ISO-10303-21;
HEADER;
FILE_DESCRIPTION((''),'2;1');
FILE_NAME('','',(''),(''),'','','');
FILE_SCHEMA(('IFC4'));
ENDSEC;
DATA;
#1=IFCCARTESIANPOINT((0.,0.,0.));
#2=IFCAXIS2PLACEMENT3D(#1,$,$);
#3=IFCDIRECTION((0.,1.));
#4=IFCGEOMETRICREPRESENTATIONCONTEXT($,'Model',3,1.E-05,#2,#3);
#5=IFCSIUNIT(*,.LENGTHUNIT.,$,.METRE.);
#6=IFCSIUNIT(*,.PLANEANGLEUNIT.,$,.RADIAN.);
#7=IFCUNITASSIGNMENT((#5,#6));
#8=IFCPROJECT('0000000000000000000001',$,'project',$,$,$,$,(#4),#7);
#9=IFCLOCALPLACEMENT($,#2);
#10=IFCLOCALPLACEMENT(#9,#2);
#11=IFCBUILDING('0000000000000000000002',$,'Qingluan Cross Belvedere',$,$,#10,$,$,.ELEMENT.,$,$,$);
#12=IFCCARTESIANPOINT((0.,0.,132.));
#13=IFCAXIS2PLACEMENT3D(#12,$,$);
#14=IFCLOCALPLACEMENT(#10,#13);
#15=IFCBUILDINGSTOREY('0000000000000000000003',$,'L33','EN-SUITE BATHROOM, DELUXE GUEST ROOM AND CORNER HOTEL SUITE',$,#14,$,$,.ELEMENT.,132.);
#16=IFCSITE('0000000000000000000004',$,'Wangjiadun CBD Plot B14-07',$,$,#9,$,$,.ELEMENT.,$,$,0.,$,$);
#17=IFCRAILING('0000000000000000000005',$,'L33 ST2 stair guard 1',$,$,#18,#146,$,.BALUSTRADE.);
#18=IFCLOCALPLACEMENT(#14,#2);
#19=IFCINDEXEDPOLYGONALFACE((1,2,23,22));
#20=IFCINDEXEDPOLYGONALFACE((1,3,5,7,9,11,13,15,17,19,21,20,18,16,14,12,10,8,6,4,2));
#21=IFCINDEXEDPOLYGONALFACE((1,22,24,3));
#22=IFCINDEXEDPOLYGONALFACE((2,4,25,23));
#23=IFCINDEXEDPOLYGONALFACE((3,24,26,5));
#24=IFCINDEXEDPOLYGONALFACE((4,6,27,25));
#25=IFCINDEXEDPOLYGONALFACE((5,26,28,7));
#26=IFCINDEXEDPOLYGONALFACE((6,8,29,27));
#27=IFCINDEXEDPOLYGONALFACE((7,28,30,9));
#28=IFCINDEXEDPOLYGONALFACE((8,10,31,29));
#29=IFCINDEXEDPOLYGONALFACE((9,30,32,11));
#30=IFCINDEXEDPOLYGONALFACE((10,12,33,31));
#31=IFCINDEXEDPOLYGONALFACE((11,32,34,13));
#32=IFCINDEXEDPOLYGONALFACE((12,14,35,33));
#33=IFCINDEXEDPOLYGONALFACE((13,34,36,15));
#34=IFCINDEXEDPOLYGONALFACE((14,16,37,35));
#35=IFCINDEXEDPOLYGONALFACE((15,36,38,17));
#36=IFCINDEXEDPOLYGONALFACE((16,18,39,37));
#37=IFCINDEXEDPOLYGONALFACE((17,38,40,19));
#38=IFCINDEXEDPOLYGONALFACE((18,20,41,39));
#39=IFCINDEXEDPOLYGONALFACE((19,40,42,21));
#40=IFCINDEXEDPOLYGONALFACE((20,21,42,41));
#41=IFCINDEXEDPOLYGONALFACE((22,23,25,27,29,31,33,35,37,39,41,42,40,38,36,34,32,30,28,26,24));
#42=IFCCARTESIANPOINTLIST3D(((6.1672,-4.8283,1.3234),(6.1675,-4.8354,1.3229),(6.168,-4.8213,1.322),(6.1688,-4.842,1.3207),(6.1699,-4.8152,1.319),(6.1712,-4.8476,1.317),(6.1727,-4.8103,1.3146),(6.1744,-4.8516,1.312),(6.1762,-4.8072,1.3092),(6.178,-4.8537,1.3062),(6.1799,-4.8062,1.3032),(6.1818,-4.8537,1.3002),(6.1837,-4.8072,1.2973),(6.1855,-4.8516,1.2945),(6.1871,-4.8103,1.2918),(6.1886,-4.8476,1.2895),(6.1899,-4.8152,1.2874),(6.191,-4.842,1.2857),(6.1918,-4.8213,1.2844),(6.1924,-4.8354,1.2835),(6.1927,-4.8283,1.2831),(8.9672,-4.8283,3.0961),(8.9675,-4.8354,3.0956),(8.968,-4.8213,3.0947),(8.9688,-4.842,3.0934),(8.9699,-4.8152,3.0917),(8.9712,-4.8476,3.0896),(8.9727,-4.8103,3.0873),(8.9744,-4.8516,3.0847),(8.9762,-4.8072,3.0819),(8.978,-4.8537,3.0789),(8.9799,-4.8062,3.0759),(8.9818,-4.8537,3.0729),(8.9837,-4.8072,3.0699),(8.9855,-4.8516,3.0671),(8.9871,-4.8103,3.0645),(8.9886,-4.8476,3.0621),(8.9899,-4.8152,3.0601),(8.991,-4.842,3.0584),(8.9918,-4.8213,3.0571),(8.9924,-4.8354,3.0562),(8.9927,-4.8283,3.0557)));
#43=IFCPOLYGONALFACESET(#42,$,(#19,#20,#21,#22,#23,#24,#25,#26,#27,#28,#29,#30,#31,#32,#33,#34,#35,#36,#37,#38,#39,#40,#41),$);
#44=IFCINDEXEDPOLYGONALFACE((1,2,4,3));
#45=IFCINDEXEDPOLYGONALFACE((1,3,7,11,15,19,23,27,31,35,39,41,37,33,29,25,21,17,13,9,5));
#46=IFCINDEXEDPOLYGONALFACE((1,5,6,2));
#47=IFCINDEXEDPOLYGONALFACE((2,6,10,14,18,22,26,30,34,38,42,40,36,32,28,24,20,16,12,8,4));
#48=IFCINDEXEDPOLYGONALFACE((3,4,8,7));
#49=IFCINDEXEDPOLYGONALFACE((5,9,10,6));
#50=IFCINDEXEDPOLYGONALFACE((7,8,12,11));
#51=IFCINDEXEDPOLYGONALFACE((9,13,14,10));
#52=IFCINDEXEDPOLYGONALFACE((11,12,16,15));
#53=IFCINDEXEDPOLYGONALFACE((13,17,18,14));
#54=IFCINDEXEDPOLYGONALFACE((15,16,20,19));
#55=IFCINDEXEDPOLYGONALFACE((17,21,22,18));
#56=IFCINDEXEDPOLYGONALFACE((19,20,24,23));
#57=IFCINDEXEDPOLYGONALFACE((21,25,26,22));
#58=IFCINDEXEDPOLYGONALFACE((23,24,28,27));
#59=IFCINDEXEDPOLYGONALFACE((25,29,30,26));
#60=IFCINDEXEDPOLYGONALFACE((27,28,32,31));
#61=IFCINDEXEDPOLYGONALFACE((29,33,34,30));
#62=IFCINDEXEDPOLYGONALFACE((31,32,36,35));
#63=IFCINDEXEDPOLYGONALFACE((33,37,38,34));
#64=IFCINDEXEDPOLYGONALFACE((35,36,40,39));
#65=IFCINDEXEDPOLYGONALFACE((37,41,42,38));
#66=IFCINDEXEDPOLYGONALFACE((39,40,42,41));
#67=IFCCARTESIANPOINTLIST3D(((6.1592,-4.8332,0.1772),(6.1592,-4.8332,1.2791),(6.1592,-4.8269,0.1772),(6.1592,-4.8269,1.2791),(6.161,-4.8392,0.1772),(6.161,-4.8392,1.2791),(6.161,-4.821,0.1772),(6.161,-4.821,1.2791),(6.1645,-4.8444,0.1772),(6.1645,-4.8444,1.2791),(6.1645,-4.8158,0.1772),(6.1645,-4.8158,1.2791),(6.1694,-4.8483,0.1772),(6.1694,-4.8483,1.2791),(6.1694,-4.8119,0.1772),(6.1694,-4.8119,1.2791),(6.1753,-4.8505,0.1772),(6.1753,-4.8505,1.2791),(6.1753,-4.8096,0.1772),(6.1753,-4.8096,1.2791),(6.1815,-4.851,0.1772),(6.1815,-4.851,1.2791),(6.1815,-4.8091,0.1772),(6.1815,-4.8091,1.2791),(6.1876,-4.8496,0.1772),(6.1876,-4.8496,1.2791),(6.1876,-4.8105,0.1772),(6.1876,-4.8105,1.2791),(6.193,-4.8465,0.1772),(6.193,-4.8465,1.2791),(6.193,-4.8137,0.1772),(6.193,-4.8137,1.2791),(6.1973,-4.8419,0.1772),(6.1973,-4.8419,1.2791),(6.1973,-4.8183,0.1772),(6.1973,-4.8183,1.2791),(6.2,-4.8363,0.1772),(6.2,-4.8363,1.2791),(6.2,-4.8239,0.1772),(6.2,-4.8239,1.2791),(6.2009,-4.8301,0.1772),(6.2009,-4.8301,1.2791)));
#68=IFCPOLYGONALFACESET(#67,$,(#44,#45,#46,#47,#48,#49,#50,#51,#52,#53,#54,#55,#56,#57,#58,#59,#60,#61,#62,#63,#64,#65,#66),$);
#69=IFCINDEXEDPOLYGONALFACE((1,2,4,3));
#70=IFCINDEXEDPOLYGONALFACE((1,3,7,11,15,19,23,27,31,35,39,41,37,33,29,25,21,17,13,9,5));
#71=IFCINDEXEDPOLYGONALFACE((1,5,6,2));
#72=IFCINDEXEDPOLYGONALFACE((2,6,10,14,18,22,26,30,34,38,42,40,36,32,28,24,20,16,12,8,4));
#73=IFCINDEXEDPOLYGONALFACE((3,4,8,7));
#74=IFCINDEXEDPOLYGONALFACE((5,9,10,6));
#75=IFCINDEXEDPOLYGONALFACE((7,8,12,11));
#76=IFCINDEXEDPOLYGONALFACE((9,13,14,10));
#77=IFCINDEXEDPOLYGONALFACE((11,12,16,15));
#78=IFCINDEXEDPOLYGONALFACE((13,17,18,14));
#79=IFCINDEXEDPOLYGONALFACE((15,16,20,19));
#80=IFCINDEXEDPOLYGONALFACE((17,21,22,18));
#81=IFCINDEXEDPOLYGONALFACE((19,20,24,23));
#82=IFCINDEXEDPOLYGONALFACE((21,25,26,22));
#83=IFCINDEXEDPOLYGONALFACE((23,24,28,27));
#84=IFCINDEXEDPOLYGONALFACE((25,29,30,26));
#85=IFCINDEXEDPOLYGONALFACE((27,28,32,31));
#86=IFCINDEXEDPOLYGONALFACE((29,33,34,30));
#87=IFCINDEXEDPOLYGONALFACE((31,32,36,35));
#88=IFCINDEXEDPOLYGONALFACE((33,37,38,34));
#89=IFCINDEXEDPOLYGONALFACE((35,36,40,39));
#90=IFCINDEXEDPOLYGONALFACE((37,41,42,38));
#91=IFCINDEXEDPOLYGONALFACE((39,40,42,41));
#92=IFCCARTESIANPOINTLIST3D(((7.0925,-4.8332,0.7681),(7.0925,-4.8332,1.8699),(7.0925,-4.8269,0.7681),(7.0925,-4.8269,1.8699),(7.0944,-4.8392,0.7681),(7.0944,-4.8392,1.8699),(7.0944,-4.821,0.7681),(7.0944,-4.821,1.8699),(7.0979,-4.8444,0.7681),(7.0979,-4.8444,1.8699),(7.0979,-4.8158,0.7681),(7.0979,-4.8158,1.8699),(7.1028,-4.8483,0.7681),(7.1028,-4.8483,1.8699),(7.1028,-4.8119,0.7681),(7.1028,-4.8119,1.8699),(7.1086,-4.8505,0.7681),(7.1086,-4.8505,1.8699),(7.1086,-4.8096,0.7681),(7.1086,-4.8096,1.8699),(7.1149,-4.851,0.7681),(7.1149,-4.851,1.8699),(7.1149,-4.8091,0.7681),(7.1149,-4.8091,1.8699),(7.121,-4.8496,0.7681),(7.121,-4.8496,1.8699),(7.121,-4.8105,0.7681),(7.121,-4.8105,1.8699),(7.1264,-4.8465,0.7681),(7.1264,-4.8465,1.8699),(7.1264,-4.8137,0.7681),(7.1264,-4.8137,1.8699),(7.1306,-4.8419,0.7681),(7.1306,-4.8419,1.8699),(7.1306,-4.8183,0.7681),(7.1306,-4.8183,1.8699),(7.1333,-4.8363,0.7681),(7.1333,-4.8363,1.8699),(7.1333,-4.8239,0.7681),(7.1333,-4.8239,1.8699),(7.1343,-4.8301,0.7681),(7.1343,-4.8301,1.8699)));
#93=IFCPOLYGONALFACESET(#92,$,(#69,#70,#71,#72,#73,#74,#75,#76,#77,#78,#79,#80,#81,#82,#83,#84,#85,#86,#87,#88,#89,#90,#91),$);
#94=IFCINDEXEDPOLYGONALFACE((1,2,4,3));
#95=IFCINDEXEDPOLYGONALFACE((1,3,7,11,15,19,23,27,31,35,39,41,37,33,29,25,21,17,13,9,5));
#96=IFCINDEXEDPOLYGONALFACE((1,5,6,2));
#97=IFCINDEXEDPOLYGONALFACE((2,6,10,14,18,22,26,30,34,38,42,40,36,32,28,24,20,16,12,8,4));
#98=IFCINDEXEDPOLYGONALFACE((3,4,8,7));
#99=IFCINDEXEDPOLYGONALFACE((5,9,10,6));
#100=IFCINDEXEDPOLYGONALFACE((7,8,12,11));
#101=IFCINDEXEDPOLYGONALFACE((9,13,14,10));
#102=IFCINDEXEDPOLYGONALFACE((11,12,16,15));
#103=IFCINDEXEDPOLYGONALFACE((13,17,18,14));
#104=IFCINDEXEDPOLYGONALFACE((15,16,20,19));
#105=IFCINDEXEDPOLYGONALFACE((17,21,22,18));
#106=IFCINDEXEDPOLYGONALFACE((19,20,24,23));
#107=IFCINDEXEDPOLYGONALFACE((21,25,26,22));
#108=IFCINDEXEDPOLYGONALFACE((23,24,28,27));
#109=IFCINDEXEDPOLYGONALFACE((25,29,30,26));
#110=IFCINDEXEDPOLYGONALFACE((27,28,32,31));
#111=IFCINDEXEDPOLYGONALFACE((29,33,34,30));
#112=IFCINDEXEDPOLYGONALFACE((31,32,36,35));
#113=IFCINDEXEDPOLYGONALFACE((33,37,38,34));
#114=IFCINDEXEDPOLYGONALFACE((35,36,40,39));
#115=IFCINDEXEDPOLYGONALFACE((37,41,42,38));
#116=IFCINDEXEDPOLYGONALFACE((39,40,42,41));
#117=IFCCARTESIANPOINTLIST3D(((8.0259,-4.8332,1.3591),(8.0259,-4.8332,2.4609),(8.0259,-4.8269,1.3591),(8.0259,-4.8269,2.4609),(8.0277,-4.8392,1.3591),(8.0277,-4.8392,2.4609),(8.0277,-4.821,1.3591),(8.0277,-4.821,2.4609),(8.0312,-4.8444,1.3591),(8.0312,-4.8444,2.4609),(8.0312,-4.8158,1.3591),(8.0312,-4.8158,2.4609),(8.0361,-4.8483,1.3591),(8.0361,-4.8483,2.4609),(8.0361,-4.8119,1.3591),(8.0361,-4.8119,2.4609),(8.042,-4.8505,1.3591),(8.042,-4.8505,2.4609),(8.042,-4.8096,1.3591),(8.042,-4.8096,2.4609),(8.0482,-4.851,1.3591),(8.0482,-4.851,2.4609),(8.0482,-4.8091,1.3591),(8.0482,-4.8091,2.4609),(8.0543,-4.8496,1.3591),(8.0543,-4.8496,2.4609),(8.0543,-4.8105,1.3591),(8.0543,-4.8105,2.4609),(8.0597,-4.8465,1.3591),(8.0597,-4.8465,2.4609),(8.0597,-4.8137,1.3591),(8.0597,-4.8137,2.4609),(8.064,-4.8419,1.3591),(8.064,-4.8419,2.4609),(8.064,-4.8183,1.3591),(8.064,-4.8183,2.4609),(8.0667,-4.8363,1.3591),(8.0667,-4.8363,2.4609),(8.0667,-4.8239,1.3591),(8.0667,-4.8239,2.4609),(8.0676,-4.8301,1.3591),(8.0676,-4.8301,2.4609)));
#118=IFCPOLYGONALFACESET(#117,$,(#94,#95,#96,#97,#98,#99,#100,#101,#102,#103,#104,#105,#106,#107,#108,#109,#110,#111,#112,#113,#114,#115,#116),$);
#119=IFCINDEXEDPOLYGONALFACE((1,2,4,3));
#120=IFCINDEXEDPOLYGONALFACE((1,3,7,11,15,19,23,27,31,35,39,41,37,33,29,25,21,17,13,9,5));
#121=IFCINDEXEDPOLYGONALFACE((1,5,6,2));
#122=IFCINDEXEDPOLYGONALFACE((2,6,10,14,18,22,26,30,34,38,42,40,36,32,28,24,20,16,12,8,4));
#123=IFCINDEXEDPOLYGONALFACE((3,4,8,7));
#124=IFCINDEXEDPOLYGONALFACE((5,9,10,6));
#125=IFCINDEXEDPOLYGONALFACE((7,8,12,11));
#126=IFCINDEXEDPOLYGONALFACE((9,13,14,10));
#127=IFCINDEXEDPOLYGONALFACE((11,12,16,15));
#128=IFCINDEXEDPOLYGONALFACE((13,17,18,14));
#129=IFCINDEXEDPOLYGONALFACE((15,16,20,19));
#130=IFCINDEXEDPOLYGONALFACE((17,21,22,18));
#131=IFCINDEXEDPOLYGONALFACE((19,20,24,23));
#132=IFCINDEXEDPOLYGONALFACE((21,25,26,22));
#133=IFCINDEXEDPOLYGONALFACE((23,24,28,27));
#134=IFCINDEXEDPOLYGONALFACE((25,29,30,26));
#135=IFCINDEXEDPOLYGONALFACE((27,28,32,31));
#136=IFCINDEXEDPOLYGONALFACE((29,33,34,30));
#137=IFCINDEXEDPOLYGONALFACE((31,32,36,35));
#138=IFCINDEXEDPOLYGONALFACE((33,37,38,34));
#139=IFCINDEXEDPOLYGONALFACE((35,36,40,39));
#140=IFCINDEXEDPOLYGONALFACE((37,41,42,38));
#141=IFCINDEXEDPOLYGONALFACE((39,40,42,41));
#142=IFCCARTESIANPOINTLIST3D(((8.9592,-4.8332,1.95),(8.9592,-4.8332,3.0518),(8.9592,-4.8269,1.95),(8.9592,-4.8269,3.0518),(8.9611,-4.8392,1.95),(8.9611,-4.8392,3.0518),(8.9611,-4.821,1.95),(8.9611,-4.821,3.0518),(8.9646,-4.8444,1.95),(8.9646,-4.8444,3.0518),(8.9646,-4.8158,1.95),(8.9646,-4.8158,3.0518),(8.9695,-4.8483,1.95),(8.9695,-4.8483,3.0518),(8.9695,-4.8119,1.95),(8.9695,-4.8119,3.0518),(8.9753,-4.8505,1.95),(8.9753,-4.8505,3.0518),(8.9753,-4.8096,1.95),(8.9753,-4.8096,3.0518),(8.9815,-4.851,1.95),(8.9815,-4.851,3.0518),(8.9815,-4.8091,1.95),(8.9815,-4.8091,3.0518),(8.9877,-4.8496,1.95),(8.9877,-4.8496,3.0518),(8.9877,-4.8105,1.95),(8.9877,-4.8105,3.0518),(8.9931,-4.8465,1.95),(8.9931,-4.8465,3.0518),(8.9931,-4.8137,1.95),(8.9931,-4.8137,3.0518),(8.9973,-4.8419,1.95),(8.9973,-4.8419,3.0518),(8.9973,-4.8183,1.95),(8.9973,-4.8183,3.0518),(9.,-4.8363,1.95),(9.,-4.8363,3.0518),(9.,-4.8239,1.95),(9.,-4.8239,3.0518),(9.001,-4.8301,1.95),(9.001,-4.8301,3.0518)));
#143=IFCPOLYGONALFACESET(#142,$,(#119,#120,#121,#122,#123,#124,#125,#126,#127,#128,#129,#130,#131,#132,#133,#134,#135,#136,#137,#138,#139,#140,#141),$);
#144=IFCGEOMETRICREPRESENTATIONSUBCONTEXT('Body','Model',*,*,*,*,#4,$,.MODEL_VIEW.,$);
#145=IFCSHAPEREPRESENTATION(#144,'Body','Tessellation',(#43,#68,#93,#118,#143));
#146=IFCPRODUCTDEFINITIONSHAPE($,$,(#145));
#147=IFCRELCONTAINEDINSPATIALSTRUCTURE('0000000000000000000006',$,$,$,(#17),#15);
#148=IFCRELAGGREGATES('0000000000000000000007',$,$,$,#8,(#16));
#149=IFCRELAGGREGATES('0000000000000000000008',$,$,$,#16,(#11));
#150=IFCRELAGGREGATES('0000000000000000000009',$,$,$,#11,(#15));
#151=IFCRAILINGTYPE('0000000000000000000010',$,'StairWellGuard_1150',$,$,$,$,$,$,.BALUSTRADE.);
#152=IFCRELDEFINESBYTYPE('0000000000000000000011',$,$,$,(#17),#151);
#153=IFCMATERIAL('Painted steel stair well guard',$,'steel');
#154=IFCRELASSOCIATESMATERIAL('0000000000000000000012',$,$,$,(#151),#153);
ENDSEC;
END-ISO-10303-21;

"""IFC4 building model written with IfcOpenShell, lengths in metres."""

from ifc_helpers import new_model, si_unit, direction, frame, origin, origin_2d, place, context, subcontext, project, spatial, circle, extrude, material, type_object, element, save


model = new_model("IFC4")

# Units and contexts
model_context = context("Model", 3, precision=1e-05, world=origin(), true_north=direction((0.0, 1.0)))
body_context = subcontext(model_context, "Body", "Model", "MODEL_VIEW")
ifc_project = project(units=[si_unit("LENGTHUNIT", "METRE"), si_unit("PLANEANGLEUNIT", "RADIAN")], contexts=[model_context])

# Site, building, storey
site_placement = place(None, origin())
site = spatial("IfcSite", under=ifc_project, at=site_placement, Name="Wangjiadun CBD Plot B14-07", CompositionType="ELEMENT", RefElevation=0.0)
building_placement = place(site_placement, origin())
building = spatial("IfcBuilding", under=site, at=building_placement, Name="Qingluan Cross Belvedere", CompositionType="ELEMENT")
storey_placement = place(building_placement, frame((0.0, 0.0, 132.0)))
storey = spatial("IfcBuildingStorey", under=building, at=storey_placement, Name="L33", Description="EN-SUITE BATHROOM, DELUXE GUEST ROOM AND CORNER HOTEL SUITE", CompositionType="ELEMENT", Elevation=132.0)

# Railing
ifc_material_1 = material(Name="Painted steel stair well guard", Category="steel")
railing_type_1 = type_object("IfcRailingType", Name="StairWellGuard_1150", PredefinedType="BALUSTRADE", material=ifc_material_1)
railing_1_placement = place(storey_placement, frame((6.1799, -4.8301, 0.1772)))
element("IfcRailing", 1, at=railing_1_placement, inside=storey, type_object=railing_type_1, Name="L33 ST2 stair guard 1", PredefinedType="BALUSTRADE", context=body_context, shape_type="SweptSolid", body=[
    extrude(circle(Radius=0.0239, at=origin_2d()), frame((0.0, 0.0, 1.126), z_axis=(0.844909, 0.0, 0.53491), x_axis=(0.0, 1.0, 0.0)), (0.0, 0.0, 1.0), 3.314),
    extrude(circle(Radius=0.021, at=origin_2d()), origin(), (0.0, 0.0, 1.0), 1.1018),
    extrude(circle(Radius=0.021, at=origin_2d()), frame((0.9333, 0.0, 0.5908)), (0.0, 0.0, 1.0), 1.1018),
    extrude(circle(Radius=0.021, at=origin_2d()), frame((1.8667, 0.0, 1.1819)), (0.0, 0.0, 1.0), 1.1018),
    extrude(circle(Radius=0.021, at=origin_2d()), frame((2.8, 0.0, 1.7727)), (0.0, 0.0, 1.0), 1.1018),
])

save(model, "model.ifc")
